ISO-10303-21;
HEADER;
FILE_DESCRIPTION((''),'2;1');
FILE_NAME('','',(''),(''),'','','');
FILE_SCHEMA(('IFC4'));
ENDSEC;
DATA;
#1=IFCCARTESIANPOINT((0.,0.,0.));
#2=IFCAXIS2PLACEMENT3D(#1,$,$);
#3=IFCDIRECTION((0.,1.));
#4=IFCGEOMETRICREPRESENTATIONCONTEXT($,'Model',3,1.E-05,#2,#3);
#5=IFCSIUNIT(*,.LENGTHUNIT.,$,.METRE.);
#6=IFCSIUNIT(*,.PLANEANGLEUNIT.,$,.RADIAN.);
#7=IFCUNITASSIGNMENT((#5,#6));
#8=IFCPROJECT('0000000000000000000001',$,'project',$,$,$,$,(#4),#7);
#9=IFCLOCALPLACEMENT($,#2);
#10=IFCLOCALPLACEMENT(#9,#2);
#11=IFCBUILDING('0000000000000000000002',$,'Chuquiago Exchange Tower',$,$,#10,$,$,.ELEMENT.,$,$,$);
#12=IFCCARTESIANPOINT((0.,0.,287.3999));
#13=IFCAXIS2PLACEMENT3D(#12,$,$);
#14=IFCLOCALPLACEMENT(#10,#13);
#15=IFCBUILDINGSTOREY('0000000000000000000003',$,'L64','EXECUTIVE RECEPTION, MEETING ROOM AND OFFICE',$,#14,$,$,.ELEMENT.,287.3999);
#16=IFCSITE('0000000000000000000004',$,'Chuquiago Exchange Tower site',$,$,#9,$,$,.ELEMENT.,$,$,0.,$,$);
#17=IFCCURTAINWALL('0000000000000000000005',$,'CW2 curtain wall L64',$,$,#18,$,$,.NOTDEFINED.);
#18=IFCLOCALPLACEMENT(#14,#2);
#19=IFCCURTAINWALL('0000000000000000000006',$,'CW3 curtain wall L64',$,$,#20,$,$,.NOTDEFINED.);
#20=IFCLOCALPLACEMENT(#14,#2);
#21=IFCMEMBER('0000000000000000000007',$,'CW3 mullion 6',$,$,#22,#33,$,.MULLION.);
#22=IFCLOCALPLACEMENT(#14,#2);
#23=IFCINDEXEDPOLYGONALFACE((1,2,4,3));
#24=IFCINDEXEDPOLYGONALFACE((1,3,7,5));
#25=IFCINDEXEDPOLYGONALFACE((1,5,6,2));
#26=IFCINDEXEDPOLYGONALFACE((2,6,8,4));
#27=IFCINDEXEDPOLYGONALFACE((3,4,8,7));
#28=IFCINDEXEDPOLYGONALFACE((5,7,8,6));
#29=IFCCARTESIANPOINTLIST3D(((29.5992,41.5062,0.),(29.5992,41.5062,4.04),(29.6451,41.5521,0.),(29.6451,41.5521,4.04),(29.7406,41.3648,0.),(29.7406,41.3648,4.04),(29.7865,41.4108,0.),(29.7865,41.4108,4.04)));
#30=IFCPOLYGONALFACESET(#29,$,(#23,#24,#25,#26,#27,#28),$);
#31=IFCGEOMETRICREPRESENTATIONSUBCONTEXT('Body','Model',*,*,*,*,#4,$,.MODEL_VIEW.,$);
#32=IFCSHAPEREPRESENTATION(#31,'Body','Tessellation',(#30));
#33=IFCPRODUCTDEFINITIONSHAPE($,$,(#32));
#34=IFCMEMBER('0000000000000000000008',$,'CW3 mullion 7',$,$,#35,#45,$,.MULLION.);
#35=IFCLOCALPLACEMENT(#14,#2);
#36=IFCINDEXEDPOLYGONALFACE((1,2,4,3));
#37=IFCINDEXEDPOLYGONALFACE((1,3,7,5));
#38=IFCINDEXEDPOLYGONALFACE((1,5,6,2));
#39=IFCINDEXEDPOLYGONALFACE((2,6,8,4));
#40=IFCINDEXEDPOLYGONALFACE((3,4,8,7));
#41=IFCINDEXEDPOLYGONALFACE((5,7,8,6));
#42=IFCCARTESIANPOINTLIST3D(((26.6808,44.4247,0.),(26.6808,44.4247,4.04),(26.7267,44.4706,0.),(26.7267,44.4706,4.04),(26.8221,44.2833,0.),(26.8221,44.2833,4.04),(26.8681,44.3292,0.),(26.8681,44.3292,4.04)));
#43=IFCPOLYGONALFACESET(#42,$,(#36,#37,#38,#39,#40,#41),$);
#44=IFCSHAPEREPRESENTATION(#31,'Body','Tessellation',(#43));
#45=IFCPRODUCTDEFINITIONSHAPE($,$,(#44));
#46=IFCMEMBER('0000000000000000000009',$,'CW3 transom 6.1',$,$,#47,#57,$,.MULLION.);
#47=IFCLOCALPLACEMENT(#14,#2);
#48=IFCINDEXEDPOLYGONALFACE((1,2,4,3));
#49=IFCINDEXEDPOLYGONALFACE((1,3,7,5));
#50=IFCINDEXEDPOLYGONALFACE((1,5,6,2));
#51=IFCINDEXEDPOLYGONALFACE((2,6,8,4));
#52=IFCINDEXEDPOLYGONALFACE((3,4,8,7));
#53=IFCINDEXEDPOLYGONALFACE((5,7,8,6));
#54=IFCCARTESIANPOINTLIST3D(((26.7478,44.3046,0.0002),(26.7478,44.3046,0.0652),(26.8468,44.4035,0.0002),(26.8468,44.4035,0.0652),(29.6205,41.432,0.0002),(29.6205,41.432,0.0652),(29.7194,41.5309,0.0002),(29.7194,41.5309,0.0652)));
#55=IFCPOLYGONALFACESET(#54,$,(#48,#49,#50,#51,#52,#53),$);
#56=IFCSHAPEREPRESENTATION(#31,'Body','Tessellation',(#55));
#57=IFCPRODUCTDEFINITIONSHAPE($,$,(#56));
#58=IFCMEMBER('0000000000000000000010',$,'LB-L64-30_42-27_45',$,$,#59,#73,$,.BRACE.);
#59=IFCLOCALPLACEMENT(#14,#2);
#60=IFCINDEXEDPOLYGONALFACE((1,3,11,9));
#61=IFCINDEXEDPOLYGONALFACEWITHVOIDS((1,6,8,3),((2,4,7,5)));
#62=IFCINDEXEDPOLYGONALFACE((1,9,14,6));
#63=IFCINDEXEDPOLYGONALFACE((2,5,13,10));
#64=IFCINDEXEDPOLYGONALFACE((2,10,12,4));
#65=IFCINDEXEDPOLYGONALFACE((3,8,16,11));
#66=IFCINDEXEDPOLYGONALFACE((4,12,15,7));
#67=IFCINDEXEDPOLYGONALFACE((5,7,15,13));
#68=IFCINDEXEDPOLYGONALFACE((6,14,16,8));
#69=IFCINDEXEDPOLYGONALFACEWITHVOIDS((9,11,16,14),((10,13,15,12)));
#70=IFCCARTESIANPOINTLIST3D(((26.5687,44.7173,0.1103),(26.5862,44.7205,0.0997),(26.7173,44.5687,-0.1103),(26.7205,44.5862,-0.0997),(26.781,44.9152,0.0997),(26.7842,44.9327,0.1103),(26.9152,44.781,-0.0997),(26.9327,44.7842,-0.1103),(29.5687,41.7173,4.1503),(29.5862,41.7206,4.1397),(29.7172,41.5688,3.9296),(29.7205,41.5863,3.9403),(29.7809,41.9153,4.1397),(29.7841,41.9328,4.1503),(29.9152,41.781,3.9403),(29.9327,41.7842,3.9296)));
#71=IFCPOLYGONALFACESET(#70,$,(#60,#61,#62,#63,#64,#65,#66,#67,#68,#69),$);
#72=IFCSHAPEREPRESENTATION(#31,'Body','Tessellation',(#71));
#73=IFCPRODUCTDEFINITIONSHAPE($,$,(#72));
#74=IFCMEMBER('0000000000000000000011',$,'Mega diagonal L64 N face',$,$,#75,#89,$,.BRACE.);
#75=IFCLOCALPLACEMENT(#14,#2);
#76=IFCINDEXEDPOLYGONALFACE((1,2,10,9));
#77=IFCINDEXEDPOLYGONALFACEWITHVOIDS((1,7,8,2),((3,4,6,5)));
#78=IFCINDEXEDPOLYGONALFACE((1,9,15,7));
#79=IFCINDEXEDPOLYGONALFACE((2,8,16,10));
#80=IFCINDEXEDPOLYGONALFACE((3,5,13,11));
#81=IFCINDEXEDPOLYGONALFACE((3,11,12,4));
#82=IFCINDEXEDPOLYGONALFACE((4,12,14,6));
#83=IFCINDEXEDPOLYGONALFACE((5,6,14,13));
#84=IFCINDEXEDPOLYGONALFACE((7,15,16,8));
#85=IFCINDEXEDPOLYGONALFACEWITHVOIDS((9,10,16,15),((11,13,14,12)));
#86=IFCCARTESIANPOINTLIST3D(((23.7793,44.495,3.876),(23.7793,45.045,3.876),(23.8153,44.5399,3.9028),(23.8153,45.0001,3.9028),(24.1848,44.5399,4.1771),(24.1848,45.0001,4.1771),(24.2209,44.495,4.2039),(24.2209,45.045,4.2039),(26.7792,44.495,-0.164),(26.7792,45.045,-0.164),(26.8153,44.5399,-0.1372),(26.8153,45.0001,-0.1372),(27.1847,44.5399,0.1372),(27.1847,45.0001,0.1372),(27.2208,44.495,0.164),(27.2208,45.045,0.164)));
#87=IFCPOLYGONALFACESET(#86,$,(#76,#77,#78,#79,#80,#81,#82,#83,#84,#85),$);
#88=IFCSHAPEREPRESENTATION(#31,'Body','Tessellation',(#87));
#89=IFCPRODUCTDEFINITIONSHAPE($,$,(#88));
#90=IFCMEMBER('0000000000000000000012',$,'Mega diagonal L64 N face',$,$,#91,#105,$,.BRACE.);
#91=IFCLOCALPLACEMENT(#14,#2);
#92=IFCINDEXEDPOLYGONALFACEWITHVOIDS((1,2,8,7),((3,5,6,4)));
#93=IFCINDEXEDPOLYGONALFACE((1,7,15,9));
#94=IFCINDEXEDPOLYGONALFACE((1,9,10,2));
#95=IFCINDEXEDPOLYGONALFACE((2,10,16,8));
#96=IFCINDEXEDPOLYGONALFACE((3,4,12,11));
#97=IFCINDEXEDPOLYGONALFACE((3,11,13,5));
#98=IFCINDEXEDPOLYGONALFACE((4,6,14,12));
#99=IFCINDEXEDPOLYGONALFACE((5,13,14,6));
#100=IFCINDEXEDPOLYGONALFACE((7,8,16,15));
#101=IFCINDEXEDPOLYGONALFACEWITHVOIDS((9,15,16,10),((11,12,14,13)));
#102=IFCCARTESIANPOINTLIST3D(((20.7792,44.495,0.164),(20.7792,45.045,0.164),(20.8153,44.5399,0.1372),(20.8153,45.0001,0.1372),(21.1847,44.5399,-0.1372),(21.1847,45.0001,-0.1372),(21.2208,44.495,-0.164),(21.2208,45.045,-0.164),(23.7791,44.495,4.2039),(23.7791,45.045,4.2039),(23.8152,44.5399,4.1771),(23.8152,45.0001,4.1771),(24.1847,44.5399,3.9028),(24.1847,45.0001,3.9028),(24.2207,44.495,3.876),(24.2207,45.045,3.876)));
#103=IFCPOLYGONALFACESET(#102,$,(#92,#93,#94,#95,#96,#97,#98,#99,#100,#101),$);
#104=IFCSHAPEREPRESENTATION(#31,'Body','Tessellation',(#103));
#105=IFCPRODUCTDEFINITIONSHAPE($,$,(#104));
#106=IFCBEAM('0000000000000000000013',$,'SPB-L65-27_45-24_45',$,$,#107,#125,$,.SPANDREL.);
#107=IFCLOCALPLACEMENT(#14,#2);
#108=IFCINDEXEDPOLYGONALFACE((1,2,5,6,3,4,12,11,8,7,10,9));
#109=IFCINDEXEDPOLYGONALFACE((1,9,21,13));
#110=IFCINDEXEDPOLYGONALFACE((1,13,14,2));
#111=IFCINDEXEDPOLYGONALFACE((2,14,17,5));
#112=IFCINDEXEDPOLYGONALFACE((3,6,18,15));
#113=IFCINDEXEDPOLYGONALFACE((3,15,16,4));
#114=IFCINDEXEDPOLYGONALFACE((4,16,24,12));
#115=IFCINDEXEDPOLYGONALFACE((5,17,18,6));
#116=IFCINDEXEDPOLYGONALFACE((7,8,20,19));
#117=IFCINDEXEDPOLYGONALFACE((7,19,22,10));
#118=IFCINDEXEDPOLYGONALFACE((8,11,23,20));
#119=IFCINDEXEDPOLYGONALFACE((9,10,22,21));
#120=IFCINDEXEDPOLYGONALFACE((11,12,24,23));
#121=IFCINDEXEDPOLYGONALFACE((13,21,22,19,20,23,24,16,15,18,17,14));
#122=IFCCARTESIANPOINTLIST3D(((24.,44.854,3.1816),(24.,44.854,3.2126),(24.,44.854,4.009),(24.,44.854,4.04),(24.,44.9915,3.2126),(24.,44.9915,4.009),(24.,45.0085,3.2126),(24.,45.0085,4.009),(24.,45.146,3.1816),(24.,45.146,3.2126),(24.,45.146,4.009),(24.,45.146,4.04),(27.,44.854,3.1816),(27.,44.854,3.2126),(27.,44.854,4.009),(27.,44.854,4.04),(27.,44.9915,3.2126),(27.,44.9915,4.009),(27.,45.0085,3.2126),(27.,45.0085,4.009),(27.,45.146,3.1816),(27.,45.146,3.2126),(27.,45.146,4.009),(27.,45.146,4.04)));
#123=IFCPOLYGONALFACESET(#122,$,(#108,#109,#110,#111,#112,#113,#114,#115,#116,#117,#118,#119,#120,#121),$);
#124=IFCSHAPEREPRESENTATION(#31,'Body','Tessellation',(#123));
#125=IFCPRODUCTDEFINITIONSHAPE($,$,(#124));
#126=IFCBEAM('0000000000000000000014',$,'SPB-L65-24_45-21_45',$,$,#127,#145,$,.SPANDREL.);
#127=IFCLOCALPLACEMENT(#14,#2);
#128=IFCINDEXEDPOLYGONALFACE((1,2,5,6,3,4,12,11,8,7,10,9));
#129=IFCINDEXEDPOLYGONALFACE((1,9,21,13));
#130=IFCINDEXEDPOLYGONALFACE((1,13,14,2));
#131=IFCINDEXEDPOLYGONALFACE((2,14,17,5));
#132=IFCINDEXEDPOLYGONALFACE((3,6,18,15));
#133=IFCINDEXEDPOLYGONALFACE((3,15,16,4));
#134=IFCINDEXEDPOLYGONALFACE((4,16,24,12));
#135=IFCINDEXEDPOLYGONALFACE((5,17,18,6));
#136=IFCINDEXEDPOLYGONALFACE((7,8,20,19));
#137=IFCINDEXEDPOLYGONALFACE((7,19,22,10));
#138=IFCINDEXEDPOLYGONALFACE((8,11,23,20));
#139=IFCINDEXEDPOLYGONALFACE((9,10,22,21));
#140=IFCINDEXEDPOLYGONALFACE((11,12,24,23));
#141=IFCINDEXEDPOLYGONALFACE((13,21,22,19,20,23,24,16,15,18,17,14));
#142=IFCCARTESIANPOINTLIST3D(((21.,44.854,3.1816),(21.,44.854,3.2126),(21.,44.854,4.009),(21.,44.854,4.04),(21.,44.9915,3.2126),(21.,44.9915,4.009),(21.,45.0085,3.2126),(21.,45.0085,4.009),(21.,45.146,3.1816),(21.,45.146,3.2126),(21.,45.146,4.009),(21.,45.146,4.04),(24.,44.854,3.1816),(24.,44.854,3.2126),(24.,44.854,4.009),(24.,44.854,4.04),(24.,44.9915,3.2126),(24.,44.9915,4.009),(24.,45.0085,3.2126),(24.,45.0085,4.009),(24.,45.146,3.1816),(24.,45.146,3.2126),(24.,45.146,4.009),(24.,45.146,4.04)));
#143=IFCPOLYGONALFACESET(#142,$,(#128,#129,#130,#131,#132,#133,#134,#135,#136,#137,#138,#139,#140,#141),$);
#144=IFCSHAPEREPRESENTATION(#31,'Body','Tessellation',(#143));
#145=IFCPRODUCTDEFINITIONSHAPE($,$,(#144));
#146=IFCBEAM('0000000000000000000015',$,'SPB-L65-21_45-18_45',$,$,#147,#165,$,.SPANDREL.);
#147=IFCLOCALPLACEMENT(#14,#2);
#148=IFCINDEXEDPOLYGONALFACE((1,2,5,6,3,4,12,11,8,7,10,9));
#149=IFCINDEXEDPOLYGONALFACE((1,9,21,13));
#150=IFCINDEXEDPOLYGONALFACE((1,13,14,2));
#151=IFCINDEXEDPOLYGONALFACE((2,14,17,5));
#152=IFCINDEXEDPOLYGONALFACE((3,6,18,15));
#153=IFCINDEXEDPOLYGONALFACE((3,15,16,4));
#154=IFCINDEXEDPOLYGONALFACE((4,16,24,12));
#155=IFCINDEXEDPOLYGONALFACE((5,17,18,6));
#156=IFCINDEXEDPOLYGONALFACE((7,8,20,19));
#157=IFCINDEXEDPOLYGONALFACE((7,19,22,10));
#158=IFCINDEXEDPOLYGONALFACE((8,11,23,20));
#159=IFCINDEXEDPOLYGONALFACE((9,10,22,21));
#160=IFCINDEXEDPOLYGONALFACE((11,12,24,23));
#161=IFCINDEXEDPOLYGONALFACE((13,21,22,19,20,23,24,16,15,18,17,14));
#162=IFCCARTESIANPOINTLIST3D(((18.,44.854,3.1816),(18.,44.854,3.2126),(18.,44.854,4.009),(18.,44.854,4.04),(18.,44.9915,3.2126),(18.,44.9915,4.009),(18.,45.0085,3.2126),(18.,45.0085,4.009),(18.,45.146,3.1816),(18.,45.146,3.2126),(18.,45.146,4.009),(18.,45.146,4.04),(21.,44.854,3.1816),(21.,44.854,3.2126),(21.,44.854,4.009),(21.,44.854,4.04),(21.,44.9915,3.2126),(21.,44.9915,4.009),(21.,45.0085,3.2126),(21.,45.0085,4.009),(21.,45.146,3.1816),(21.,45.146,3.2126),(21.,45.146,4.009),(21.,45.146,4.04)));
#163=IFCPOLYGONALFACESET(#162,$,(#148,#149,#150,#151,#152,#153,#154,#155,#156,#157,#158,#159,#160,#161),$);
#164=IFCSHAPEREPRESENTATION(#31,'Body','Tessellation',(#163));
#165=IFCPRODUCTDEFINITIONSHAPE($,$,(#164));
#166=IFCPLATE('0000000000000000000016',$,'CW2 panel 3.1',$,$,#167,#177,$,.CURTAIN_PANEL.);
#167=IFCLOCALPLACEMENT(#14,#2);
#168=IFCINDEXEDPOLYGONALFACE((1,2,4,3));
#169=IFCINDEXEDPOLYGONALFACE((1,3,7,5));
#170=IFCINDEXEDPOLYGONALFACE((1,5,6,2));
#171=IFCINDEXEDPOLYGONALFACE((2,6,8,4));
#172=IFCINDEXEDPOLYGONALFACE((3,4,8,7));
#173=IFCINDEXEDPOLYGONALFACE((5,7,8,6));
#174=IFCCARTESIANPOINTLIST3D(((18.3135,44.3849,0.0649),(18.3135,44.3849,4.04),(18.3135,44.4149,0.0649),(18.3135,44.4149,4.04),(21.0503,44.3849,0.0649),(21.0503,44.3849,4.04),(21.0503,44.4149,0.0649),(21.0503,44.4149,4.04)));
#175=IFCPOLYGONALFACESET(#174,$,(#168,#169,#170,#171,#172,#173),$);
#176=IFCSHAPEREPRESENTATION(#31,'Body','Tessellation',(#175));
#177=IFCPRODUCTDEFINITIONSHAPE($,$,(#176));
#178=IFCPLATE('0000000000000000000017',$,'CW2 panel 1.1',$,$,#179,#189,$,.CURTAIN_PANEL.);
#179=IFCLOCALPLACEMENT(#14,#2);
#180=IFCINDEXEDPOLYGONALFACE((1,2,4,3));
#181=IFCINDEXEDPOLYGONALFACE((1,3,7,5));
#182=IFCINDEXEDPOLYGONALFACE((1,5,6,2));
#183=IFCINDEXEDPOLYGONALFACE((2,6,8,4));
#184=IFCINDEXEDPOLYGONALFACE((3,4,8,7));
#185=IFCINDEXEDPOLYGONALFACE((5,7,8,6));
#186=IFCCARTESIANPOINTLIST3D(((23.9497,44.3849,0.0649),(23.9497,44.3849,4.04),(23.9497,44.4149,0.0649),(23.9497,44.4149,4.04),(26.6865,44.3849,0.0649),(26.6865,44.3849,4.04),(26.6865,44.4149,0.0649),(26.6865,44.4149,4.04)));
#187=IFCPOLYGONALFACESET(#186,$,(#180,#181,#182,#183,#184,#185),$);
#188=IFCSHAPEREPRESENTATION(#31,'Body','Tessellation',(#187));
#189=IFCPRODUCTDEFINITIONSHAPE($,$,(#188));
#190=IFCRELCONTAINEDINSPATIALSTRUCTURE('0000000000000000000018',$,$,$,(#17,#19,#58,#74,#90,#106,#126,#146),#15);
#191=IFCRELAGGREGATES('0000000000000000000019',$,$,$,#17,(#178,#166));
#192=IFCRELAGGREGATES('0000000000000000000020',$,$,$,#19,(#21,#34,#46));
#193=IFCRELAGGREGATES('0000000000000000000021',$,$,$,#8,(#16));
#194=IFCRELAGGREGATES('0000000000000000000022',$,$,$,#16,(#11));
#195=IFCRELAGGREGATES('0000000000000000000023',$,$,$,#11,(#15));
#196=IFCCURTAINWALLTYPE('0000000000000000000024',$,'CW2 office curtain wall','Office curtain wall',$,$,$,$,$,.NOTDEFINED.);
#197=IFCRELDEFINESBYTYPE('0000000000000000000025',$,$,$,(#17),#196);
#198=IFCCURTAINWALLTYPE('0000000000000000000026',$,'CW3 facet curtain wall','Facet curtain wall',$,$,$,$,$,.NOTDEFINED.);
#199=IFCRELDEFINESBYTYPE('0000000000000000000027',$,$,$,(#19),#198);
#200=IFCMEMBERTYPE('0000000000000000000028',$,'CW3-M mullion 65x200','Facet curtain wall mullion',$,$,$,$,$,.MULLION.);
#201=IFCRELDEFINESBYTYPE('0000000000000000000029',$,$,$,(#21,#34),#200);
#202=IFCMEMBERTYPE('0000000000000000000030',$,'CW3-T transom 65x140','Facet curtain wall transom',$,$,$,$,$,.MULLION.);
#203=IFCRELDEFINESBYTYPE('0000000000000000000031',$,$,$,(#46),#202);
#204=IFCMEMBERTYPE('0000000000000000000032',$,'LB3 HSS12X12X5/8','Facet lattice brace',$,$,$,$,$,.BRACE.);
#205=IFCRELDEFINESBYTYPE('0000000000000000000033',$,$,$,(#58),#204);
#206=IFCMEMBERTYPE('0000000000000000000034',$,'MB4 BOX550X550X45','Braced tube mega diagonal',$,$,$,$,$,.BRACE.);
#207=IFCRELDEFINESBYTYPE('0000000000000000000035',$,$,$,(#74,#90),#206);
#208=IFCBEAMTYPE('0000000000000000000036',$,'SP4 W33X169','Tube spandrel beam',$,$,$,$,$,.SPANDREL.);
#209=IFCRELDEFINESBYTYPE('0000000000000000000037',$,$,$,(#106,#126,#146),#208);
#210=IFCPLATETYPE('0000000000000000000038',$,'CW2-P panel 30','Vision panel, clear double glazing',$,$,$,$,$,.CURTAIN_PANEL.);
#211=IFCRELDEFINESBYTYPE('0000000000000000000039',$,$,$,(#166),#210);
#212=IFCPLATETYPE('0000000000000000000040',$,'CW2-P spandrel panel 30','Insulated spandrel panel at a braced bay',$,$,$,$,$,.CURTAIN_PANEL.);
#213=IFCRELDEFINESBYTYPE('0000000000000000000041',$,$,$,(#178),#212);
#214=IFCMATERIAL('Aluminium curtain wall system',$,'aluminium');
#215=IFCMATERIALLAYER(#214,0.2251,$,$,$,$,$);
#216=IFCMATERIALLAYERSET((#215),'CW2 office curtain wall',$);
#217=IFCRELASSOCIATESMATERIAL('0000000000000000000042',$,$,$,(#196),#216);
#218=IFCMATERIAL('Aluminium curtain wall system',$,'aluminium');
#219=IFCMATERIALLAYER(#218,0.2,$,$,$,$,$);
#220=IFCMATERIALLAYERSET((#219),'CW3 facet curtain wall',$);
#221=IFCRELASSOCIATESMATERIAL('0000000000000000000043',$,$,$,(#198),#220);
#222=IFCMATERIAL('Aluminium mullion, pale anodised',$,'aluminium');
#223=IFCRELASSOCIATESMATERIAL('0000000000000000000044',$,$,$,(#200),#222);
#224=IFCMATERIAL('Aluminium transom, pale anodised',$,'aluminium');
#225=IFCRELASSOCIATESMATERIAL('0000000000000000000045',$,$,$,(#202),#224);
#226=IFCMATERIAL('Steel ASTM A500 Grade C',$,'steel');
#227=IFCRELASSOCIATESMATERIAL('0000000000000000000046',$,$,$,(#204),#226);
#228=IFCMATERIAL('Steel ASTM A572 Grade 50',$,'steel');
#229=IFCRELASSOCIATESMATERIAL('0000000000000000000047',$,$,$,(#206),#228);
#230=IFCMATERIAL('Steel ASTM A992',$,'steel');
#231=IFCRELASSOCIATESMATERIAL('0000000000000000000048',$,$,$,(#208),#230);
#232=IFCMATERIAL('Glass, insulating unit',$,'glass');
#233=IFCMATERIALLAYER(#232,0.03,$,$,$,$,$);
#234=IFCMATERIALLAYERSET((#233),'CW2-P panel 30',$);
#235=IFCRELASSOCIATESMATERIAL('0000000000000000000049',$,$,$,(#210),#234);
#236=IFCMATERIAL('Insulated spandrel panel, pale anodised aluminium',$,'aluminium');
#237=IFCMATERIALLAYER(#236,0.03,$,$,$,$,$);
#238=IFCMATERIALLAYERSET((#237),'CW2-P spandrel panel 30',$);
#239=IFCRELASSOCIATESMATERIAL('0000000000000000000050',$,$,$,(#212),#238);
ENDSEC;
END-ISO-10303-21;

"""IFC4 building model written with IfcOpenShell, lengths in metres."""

from ifc_helpers import new_model, si_unit, direction, frame, origin, origin_2d, place, context, subcontext, project, spatial, rectangle, hollow_rectangle, i_section, extrude, material, layer, layer_set, material_profile, profile_set, type_object, element, aggregate, save


model = new_model("IFC4")

# Units and contexts
model_context = context("Model", 3, precision=1e-05, world=origin(), true_north=direction((0.0, 1.0)))
body_context = subcontext(model_context, "Body", "Model", "MODEL_VIEW")
ifc_project = project(units=[si_unit("LENGTHUNIT", "METRE"), si_unit("PLANEANGLEUNIT", "RADIAN")], contexts=[model_context])

# Site, building, storey
site_placement = place(None, origin())
site = spatial("IfcSite", under=ifc_project, at=site_placement, Name="Chuquiago Exchange Tower site", CompositionType="ELEMENT", RefElevation=0.0)
building_placement = place(site_placement, origin())
building = spatial("IfcBuilding", under=site, at=building_placement, Name="Chuquiago Exchange Tower", CompositionType="ELEMENT")
storey_placement = place(building_placement, frame((0.0, 0.0, 287.3999)))
storey = spatial("IfcBuildingStorey", under=building, at=storey_placement, Name="L64", Description="EXECUTIVE RECEPTION, MEETING ROOM AND OFFICE", CompositionType="ELEMENT", Elevation=287.3999)

# Curtain walls, members
ifc_material_1 = material(Name="Aluminium curtain wall system", Category="aluminium")
ifc_layer_1 = layer(ifc_material_1, 0.2251)
ifc_layer_set_1 = layer_set([ifc_layer_1], Name="CW2 office curtain wall")
curtain_wall_type_1 = type_object("IfcCurtainWallType", Name="CW2 office curtain wall", Description="Office curtain wall", PredefinedType="NOTDEFINED", material=ifc_layer_set_1)
curtain_wall_1_placement = place(storey_placement, origin())
curtain_wall_1 = element("IfcCurtainWall", 1, at=curtain_wall_1_placement, inside=storey, type_object=curtain_wall_type_1, Name="CW2 curtain wall L64", PredefinedType="NOTDEFINED")
ifc_material_2 = material(Name="Aluminium curtain wall system", Category="aluminium")
ifc_layer_2 = layer(ifc_material_2, 0.2)
ifc_layer_set_2 = layer_set([ifc_layer_2], Name="CW3 facet curtain wall")
curtain_wall_type_2 = type_object("IfcCurtainWallType", Name="CW3 facet curtain wall", Description="Facet curtain wall", PredefinedType="NOTDEFINED", material=ifc_layer_set_2)
curtain_wall_2_placement = place(storey_placement, origin())
curtain_wall_2 = element("IfcCurtainWall", 2, at=curtain_wall_2_placement, inside=storey, type_object=curtain_wall_type_2, Name="CW3 curtain wall L64", PredefinedType="NOTDEFINED")
ifc_material_3 = material(Name="Aluminium mullion, pale anodised", Category="aluminium")
ifc_material_profile_1 = material_profile(ifc_material_3, rectangle(XDim=0.0649, YDim=0.2, at=origin_2d()), Name="AL 65x200")
ifc_profile_set_1 = profile_set([ifc_material_profile_1], Name="Aluminium mullion, pale anodised")
member_type_1 = type_object("IfcMemberType", Name="CW3-M mullion 65x200", Description="Facet curtain wall mullion", PredefinedType="MULLION", material=ifc_profile_set_1)
member_1_placement = place(storey_placement, frame((29.6929, 41.4585, 0.0), z_axis=(0.0, 0.0, 1.0), x_axis=(-0.707107, -0.707107, 0.0)))
member_1 = element("IfcMember", 3, at=member_1_placement, type_object=member_type_1, Name="CW3 mullion 6", PredefinedType="MULLION", context=body_context, shape_type="SweptSolid", body=[
    extrude(rectangle(XDim=0.0649, YDim=0.2, at=origin_2d()), origin(), (0.0, 0.0, 1.0), 4.04),
])
member_2_placement = place(storey_placement, frame((26.7744, 44.377, 0.0), z_axis=(0.0, 0.0, 1.0), x_axis=(-0.707107, -0.707107, 0.0)))
member_2 = element("IfcMember", 4, at=member_2_placement, type_object=member_type_1, Name="CW3 mullion 7", PredefinedType="MULLION", context=body_context, shape_type="SweptSolid", body=[
    extrude(rectangle(XDim=0.0649, YDim=0.2, at=origin_2d()), origin(), (0.0, 0.0, 1.0), 4.04),
])
ifc_material_4 = material(Name="Aluminium transom, pale anodised", Category="aluminium")
ifc_material_profile_2 = material_profile(ifc_material_4, rectangle(XDim=0.1399, YDim=0.0649, at=origin_2d()), Name="AL 140x65")
ifc_profile_set_2 = profile_set([ifc_material_profile_2], Name="Aluminium transom, pale anodised")
member_type_2 = type_object("IfcMemberType", Name="CW3-T transom 65x140", Description="Facet curtain wall transom", PredefinedType="MULLION", material=ifc_profile_set_2)
member_3_placement = place(storey_placement, frame((29.6699, 41.4814, 0.0327), z_axis=(-0.707107, 0.707107, 0.0), x_axis=(-0.707107, -0.707107, 0.0)))
member_3 = element("IfcMember", 5, at=member_3_placement, type_object=member_type_2, Name="CW3 transom 6.1", PredefinedType="MULLION", context=body_context, shape_type="SweptSolid", body=[
    extrude(rectangle(XDim=0.1399, YDim=0.0649, at=origin_2d()), origin(), (0.0, 0.0, 1.0), 4.0625),
])

# Members
ifc_material_5 = material(Name="Steel ASTM A500 Grade C", Category="steel")
ifc_material_profile_3 = material_profile(ifc_material_5, hollow_rectangle(XDim=0.3047, YDim=0.3047, WallThickness=0.0146, at=origin_2d()), Name="HSS12X12X5/8")
ifc_profile_set_3 = profile_set([ifc_material_profile_3], Name="Steel ASTM A500 Grade C")
member_type_3 = type_object("IfcMemberType", Name="LB3 HSS12X12X5/8", Description="Facet lattice brace", PredefinedType="BRACE", material=ifc_profile_set_3)
member_4_placement = place(storey_placement, frame((26.7507, 44.7507, 0.0), z_axis=(0.512077, -0.512077, 0.689604), x_axis=(0.707107, 0.707107, 0.0)))
element("IfcMember", 6, at=member_4_placement, inside=storey, type_object=member_type_3, Name="LB-L64-30_42-27_45", PredefinedType="BRACE", context=body_context, shape_type="SweptSolid", body=[
    extrude(hollow_rectangle(XDim=0.3047, YDim=0.3047, WallThickness=0.0146, at=origin_2d()), origin(), (0.0, 0.0, 1.0), 5.8584),
])
ifc_material_6 = material(Name="Steel ASTM A572 Grade 50", Category="steel")
ifc_material_profile_4 = material_profile(ifc_material_6, hollow_rectangle(XDim=0.55, YDim=0.55, WallThickness=0.0449, at=origin_2d()), Name="BOX550X550X45")
ifc_profile_set_4 = profile_set([ifc_material_profile_4], Name="Steel ASTM A572 Grade 50")
member_type_4 = type_object("IfcMemberType", Name="MB4 BOX550X550X45", Description="Braced tube mega diagonal", PredefinedType="BRACE", material=ifc_profile_set_4)
for number, where, z_axis, x_axis, name in (
    (7, (27.0, 44.77, 0.0), (-0.596174, 0.0, 0.802855), (0.0, -1.0, 0.0), "Mega diagonal L64 N face"),
    (8, (21.0, 44.77, 0.0), (0.596174, 0.0, 0.802855), (0.0, 1.0, 0.0), "Mega diagonal L64 N face"),
):
    element("IfcMember", number, at=place(storey_placement, frame(where, z_axis=z_axis, x_axis=x_axis)), inside=storey, type_object=member_type_4, Name=name, PredefinedType="BRACE", context=body_context, shape_type="SweptSolid", body=[
        extrude(hollow_rectangle(XDim=0.55, YDim=0.55, WallThickness=0.0449, at=origin_2d()), origin(), (0.0, 0.0, 1.0), 5.032),
    ])

# Beams
ifc_material_7 = material(Name="Steel ASTM A992", Category="steel")
ifc_material_profile_5 = material_profile(ifc_material_7, i_section(OverallWidth=0.292, OverallDepth=0.8584, WebThickness=0.0171, FlangeThickness=0.031, at=origin_2d()), Name="W33X169")
ifc_profile_set_5 = profile_set([ifc_material_profile_5], Name="Steel ASTM A992")
beam_type = type_object("IfcBeamType", Name="SP4 W33X169", Description="Tube spandrel beam", PredefinedType="SPANDREL", material=ifc_profile_set_5)
for number, where, z_axis, x_axis, name in (
    (9, (27.0, 45.0, 3.6108), (-1.0, 0.0, 0.0), (0.0, -1.0, 0.0), "SPB-L65-27_45-24_45"),
    (10, (24.0, 45.0, 3.6108), (-1.0, 0.0, 0.0), (0.0, -1.0, 0.0), "SPB-L65-24_45-21_45"),
    (11, (21.0, 45.0, 3.6108), (-1.0, 0.0, 0.0), (0.0, -1.0, 0.0), "SPB-L65-21_45-18_45"),
):
    element("IfcBeam", number, at=place(storey_placement, frame(where, z_axis=z_axis, x_axis=x_axis)), inside=storey, type_object=beam_type, Name=name, PredefinedType="SPANDREL", context=body_context, shape_type="SweptSolid", body=[
        extrude(i_section(OverallWidth=0.292, OverallDepth=0.8584, WebThickness=0.0171, FlangeThickness=0.031, at=origin_2d()), origin(), (0.0, 0.0, 1.0), 3.0),
    ])

# Plates
ifc_material_8 = material(Name="Glass, insulating unit", Category="glass")
ifc_layer_3 = layer(ifc_material_8, 0.03)
ifc_layer_set_3 = layer_set([ifc_layer_3], Name="CW2-P panel 30")
plate_type_1 = type_object("IfcPlateType", Name="CW2-P panel 30", Description="Vision panel, clear double glazing", PredefinedType="CURTAIN_PANEL", material=ifc_layer_set_3)
plate_1_placement = place(storey_placement, frame((19.6819, 44.3999, 0.0649), z_axis=(0.0, 0.0, 1.0), x_axis=(-1.0, 0.0, 0.0)))
plate_1 = element("IfcPlate", 12, at=plate_1_placement, type_object=plate_type_1, Name="CW2 panel 3.1", PredefinedType="CURTAIN_PANEL", context=body_context, shape_type="SweptSolid", body=[
    extrude(rectangle(XDim=2.7368, YDim=0.03, at=origin_2d()), origin(), (0.0, 0.0, 1.0), 3.9751),
])
ifc_material_9 = material(Name="Insulated spandrel panel, pale anodised aluminium", Category="aluminium")
ifc_layer_4 = layer(ifc_material_9, 0.03)
ifc_layer_set_4 = layer_set([ifc_layer_4], Name="CW2-P spandrel panel 30")
plate_type_2 = type_object("IfcPlateType", Name="CW2-P spandrel panel 30", Description="Insulated spandrel panel at a braced bay", PredefinedType="CURTAIN_PANEL", material=ifc_layer_set_4)
plate_2_placement = place(storey_placement, frame((25.3181, 44.3999, 0.0649), z_axis=(0.0, 0.0, 1.0), x_axis=(-1.0, 0.0, 0.0)))
plate_2 = element("IfcPlate", 13, at=plate_2_placement, type_object=plate_type_2, Name="CW2 panel 1.1", PredefinedType="CURTAIN_PANEL", context=body_context, shape_type="SweptSolid", body=[
    extrude(rectangle(XDim=2.7368, YDim=0.03, at=origin_2d()), origin(), (0.0, 0.0, 1.0), 3.9751),
])
aggregate(curtain_wall_1, [plate_2, plate_1])
aggregate(curtain_wall_2, [member_1, member_2, member_3])

save(model, "model.ifc")
